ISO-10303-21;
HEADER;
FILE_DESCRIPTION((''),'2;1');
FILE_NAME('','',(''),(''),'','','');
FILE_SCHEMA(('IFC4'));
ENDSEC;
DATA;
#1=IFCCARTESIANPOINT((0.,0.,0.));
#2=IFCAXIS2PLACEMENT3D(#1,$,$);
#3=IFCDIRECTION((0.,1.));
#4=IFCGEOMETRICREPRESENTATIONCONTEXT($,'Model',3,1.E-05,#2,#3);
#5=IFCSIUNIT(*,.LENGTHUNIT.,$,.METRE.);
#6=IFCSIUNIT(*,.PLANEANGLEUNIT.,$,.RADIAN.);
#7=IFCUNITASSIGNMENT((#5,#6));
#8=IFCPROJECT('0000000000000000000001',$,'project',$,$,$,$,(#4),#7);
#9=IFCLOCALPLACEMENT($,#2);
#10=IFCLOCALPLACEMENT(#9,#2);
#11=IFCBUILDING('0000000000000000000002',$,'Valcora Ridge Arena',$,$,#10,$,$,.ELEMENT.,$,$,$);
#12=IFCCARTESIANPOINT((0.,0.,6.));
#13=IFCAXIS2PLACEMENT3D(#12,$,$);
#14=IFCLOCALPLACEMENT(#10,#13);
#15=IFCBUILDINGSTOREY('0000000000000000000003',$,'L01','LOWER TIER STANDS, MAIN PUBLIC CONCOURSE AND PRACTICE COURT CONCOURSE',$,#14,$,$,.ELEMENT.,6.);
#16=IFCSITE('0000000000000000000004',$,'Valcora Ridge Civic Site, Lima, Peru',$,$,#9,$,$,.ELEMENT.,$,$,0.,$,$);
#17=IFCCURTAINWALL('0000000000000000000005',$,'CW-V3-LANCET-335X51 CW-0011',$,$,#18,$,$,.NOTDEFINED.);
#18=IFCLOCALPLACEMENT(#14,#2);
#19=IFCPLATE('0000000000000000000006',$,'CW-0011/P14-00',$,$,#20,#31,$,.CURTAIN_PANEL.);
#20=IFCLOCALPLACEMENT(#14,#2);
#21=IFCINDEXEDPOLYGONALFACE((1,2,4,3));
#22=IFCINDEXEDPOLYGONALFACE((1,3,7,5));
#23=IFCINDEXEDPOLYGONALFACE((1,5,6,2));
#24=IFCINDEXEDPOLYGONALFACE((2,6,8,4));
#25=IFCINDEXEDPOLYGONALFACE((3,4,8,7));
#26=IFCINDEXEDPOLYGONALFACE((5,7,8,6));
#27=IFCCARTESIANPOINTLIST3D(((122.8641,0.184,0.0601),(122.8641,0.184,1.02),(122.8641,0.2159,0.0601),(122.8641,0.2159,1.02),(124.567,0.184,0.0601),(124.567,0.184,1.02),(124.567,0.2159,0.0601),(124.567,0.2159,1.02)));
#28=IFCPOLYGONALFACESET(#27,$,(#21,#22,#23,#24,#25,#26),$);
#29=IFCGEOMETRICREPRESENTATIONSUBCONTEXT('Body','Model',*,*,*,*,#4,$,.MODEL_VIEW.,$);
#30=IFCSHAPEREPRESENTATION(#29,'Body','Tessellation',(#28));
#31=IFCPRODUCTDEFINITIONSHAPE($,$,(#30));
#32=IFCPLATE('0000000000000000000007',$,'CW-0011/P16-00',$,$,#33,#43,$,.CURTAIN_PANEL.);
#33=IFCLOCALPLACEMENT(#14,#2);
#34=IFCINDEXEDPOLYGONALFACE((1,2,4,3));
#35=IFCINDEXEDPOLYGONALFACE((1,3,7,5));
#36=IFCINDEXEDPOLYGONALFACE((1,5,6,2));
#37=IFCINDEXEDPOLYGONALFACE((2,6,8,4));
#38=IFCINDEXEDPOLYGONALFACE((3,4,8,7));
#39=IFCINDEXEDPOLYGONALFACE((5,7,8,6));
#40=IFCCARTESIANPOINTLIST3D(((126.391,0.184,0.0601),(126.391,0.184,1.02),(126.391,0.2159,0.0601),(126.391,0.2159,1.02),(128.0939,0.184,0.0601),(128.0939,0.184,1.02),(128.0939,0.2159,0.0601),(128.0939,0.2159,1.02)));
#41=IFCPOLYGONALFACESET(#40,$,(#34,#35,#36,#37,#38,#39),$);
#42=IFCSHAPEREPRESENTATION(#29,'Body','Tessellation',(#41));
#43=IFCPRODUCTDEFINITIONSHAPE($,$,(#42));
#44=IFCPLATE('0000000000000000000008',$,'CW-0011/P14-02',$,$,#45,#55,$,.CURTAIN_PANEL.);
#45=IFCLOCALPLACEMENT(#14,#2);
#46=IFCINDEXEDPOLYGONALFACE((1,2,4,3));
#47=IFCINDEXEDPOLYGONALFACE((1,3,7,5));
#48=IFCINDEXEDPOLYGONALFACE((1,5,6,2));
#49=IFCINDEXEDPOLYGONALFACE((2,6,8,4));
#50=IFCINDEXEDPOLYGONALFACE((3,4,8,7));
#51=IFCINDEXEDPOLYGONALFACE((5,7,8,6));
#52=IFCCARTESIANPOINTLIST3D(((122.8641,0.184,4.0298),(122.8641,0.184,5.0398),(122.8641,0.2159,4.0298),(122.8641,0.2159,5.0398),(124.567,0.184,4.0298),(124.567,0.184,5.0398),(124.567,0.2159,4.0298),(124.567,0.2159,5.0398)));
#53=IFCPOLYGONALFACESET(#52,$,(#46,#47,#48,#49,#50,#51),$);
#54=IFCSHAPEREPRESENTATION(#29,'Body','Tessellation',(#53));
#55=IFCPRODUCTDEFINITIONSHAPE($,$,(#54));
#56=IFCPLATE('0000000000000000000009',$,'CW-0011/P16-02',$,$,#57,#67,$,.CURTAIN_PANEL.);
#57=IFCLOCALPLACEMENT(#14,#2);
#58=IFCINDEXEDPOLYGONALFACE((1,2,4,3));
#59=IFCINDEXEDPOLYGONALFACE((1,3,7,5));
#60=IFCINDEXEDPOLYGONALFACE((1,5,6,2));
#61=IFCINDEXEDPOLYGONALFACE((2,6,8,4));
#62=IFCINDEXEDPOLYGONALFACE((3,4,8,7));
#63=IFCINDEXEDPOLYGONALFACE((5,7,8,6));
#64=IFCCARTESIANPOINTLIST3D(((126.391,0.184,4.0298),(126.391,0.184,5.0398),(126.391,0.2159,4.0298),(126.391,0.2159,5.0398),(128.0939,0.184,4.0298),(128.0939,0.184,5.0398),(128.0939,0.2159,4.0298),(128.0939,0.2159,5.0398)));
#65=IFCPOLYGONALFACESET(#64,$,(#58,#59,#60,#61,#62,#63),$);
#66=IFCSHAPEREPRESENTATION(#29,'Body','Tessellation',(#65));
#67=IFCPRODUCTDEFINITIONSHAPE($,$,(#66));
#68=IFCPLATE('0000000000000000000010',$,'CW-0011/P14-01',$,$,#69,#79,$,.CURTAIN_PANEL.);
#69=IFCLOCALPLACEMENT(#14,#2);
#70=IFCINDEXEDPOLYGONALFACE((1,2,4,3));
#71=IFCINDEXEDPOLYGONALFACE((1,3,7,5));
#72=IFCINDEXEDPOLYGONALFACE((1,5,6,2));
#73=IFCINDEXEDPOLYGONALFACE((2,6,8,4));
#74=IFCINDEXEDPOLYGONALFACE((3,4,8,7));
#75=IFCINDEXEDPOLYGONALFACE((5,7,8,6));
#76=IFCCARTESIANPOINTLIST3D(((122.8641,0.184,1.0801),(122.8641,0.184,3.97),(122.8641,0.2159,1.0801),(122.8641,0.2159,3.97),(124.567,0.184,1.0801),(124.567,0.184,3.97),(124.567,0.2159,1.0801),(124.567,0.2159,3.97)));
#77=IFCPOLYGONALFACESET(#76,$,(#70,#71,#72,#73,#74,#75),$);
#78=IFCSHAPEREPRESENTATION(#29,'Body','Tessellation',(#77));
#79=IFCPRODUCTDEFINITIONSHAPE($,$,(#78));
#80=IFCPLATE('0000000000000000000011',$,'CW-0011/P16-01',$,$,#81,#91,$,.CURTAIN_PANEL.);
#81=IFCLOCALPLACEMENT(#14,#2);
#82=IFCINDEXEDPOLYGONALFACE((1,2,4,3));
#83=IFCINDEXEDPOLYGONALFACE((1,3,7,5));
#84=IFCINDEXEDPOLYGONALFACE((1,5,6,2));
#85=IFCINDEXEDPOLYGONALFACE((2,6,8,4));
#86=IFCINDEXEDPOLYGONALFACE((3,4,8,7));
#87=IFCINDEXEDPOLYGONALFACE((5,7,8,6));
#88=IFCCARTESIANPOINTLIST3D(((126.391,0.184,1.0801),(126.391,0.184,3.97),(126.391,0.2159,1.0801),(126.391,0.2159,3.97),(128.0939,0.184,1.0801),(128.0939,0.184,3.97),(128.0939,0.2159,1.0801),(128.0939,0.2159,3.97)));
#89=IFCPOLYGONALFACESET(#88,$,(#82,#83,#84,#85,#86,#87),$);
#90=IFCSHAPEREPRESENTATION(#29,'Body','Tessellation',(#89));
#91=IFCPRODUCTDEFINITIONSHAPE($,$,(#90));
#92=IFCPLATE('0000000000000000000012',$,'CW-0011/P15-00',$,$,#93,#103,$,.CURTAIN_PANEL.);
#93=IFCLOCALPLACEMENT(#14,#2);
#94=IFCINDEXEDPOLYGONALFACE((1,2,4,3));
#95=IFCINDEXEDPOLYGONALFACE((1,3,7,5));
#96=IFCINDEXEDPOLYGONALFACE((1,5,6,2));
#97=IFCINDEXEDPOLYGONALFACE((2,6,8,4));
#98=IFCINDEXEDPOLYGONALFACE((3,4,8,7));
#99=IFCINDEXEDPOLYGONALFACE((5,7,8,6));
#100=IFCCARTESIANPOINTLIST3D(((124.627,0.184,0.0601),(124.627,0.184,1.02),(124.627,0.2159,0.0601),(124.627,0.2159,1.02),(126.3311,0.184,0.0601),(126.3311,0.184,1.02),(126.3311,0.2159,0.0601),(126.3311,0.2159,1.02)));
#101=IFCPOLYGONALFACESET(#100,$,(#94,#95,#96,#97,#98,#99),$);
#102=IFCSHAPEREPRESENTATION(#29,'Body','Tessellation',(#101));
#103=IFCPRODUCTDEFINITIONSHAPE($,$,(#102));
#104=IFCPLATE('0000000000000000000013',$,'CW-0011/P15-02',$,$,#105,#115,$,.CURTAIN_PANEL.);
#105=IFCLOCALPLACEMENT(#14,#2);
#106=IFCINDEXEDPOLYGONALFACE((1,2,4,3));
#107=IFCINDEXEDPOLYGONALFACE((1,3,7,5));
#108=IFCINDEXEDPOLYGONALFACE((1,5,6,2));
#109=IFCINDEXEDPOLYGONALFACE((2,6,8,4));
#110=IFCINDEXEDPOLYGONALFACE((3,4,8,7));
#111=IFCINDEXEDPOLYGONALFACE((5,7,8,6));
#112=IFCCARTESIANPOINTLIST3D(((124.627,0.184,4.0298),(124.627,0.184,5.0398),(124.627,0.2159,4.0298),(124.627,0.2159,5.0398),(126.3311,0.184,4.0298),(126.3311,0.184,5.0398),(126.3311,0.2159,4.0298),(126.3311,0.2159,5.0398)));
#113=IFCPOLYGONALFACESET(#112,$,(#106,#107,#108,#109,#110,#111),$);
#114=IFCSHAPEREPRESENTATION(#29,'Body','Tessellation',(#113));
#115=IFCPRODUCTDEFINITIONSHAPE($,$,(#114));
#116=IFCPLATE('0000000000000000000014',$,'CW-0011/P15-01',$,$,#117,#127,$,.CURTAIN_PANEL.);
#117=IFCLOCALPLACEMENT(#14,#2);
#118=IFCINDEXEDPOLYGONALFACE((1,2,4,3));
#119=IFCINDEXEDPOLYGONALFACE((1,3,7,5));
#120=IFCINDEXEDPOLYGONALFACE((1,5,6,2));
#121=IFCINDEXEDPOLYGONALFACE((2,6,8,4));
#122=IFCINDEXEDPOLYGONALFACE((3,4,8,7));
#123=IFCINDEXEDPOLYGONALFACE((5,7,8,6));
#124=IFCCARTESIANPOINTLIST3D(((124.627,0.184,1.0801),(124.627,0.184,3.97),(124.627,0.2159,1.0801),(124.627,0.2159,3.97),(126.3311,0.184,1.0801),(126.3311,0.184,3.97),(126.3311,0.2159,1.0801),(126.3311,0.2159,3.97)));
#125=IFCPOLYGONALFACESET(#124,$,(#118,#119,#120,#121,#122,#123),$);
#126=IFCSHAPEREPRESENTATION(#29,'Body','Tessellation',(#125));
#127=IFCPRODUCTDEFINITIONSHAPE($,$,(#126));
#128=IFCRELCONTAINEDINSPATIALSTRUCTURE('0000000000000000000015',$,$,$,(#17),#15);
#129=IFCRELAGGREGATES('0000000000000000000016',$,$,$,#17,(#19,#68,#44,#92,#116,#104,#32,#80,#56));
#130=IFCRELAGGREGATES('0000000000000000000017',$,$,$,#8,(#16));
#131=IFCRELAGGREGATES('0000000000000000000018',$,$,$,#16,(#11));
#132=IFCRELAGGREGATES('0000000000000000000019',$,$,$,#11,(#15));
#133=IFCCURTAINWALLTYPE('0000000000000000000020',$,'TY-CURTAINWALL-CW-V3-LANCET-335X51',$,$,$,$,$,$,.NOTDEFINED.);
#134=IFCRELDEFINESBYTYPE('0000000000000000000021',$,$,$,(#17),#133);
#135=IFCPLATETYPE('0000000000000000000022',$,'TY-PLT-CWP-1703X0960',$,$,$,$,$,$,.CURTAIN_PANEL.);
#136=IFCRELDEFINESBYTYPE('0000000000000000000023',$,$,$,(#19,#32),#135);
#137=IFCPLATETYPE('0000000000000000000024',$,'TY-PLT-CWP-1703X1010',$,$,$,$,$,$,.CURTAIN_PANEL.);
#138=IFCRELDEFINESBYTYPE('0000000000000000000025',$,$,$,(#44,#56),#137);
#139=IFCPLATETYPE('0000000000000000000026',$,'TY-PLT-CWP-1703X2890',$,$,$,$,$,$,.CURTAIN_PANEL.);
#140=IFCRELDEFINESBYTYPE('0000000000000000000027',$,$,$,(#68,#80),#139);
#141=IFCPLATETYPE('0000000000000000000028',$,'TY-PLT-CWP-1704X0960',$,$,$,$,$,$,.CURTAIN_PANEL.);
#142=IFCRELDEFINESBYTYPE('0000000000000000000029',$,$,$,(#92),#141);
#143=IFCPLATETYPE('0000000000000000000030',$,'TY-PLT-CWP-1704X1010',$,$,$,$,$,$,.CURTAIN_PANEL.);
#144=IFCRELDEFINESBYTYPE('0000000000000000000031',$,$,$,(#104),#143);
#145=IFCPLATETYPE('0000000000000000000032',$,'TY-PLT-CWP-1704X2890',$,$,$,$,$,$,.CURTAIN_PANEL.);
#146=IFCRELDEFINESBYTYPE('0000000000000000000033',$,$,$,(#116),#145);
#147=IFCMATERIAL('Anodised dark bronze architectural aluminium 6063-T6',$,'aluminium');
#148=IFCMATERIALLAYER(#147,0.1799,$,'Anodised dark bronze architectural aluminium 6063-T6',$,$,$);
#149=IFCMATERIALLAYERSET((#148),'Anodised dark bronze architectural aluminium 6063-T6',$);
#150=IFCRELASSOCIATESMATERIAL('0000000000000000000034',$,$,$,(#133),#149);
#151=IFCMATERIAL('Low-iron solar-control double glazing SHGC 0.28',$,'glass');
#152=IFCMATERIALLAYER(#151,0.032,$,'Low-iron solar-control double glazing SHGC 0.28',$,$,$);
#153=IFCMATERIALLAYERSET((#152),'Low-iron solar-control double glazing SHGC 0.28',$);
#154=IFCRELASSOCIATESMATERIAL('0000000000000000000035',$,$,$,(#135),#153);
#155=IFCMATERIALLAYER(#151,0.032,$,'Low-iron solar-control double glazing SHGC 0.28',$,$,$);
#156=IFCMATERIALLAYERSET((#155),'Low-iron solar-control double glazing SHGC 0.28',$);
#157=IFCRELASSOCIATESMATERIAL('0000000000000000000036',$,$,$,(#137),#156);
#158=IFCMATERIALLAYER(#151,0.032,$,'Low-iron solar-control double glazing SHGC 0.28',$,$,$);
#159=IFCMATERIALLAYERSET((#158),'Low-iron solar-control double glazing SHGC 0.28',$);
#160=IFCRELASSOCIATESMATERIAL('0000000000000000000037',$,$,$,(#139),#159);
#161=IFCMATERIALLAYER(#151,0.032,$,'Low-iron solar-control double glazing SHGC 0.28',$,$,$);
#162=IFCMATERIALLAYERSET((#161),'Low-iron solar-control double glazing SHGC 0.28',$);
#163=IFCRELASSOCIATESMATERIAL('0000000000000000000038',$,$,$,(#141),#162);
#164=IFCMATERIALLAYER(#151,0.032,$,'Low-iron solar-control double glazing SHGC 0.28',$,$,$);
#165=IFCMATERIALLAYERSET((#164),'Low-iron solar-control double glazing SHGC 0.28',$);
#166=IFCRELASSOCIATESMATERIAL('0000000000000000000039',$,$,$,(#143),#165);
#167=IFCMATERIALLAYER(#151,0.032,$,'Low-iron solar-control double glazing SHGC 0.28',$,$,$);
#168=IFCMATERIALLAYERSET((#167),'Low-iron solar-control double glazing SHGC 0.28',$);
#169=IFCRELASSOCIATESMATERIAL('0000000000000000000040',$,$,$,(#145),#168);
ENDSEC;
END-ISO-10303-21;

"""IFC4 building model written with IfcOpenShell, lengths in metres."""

from ifc_helpers import new_model, si_unit, direction, frame, origin, origin_2d, place, context, subcontext, project, spatial, rectangle, extrude, material, layer, layer_set, type_object, element, aggregate, save


model = new_model("IFC4")

# Units and contexts
model_context = context("Model", 3, precision=1e-05, world=origin(), true_north=direction((0.0, 1.0)))
body_context = subcontext(model_context, "Body", "Model", "MODEL_VIEW")
ifc_project = project(units=[si_unit("LENGTHUNIT", "METRE"), si_unit("PLANEANGLEUNIT", "RADIAN")], contexts=[model_context])

# Site, building, storey
site_placement = place(None, origin())
site = spatial("IfcSite", under=ifc_project, at=site_placement, Name="Valcora Ridge Civic Site, Lima, Peru", CompositionType="ELEMENT", RefElevation=0.0)
building_placement = place(site_placement, origin())
building = spatial("IfcBuilding", under=site, at=building_placement, Name="Valcora Ridge Arena", CompositionType="ELEMENT")
storey_placement = place(building_placement, frame((0.0, 0.0, 6.0)))
storey = spatial("IfcBuildingStorey", under=building, at=storey_placement, Name="L01", Description="LOWER TIER STANDS, MAIN PUBLIC CONCOURSE AND PRACTICE COURT CONCOURSE", CompositionType="ELEMENT", Elevation=6.0)

# Curtain wall, plates
ifc_material_1 = material(Name="Anodised dark bronze architectural aluminium 6063-T6", Category="aluminium")
ifc_layer_1 = layer(ifc_material_1, 0.1799, Name="Anodised dark bronze architectural aluminium 6063-T6")
ifc_layer_set_1 = layer_set([ifc_layer_1], Name="Anodised dark bronze architectural aluminium 6063-T6")
curtain_wall_type = type_object("IfcCurtainWallType", Name="TY-CURTAINWALL-CW-V3-LANCET-335X51", PredefinedType="NOTDEFINED", material=ifc_layer_set_1)
curtain_wall_placement = place(storey_placement, origin())
curtain_wall = element("IfcCurtainWall", 1, at=curtain_wall_placement, inside=storey, type_object=curtain_wall_type, Name="CW-V3-LANCET-335X51 CW-0011", PredefinedType="NOTDEFINED")
ifc_material_2 = material(Name="Low-iron solar-control double glazing SHGC 0.28", Category="glass")
ifc_layer_2 = layer(ifc_material_2, 0.032, Name="Low-iron solar-control double glazing SHGC 0.28")
ifc_layer_set_2 = layer_set([ifc_layer_2], Name="Low-iron solar-control double glazing SHGC 0.28")
plate_type_1 = type_object("IfcPlateType", Name="TY-PLT-CWP-1703X0960", PredefinedType="CURTAIN_PANEL", material=ifc_layer_set_2)
plate_1_placement = place(storey_placement, frame((123.7156, 0.2, 0.0601), z_axis=(0.0, 0.0, 1.0), x_axis=(1.0, 0.0, 0.0)))
plate_1 = element("IfcPlate", 2, at=plate_1_placement, type_object=plate_type_1, Name="CW-0011/P14-00", PredefinedType="CURTAIN_PANEL", context=body_context, shape_type="SweptSolid", body=[
    extrude(rectangle(XDim=1.7029, YDim=0.032, at=origin_2d()), origin(), (0.0, 0.0, 1.0), 0.96),
])
plate_2_placement = place(storey_placement, frame((127.2424, 0.2, 0.0601), z_axis=(0.0, 0.0, 1.0), x_axis=(1.0, 0.0, 0.0)))
plate_2 = element("IfcPlate", 3, at=plate_2_placement, type_object=plate_type_1, Name="CW-0011/P16-00", PredefinedType="CURTAIN_PANEL", context=body_context, shape_type="SweptSolid", body=[
    extrude(rectangle(XDim=1.7029, YDim=0.032, at=origin_2d()), origin(), (0.0, 0.0, 1.0), 0.96),
])
ifc_layer_3 = layer(ifc_material_2, 0.032, Name="Low-iron solar-control double glazing SHGC 0.28")
ifc_layer_set_3 = layer_set([ifc_layer_3], Name="Low-iron solar-control double glazing SHGC 0.28")
plate_type_2 = type_object("IfcPlateType", Name="TY-PLT-CWP-1703X1010", PredefinedType="CURTAIN_PANEL", material=ifc_layer_set_3)
plate_3_placement = place(storey_placement, frame((123.7156, 0.2, 4.0298), z_axis=(0.0, 0.0, 1.0), x_axis=(1.0, 0.0, 0.0)))
plate_3 = element("IfcPlate", 4, at=plate_3_placement, type_object=plate_type_2, Name="CW-0011/P14-02", PredefinedType="CURTAIN_PANEL", context=body_context, shape_type="SweptSolid", body=[
    extrude(rectangle(XDim=1.7029, YDim=0.032, at=origin_2d()), origin(), (0.0, 0.0, 1.0), 1.01),
])
plate_4_placement = place(storey_placement, frame((127.2424, 0.2, 4.0298), z_axis=(0.0, 0.0, 1.0), x_axis=(1.0, 0.0, 0.0)))
plate_4 = element("IfcPlate", 5, at=plate_4_placement, type_object=plate_type_2, Name="CW-0011/P16-02", PredefinedType="CURTAIN_PANEL", context=body_context, shape_type="SweptSolid", body=[
    extrude(rectangle(XDim=1.7029, YDim=0.032, at=origin_2d()), origin(), (0.0, 0.0, 1.0), 1.01),
])
ifc_layer_4 = layer(ifc_material_2, 0.032, Name="Low-iron solar-control double glazing SHGC 0.28")
ifc_layer_set_4 = layer_set([ifc_layer_4], Name="Low-iron solar-control double glazing SHGC 0.28")
plate_type_3 = type_object("IfcPlateType", Name="TY-PLT-CWP-1703X2890", PredefinedType="CURTAIN_PANEL", material=ifc_layer_set_4)
plate_5_placement = place(storey_placement, frame((123.7156, 0.2, 1.0801), z_axis=(0.0, 0.0, 1.0), x_axis=(1.0, 0.0, 0.0)))
plate_5 = element("IfcPlate", 6, at=plate_5_placement, type_object=plate_type_3, Name="CW-0011/P14-01", PredefinedType="CURTAIN_PANEL", context=body_context, shape_type="SweptSolid", body=[
    extrude(rectangle(XDim=1.7029, YDim=0.032, at=origin_2d()), origin(), (0.0, 0.0, 1.0), 2.8899),
])
plate_6_placement = place(storey_placement, frame((127.2424, 0.2, 1.0801), z_axis=(0.0, 0.0, 1.0), x_axis=(1.0, 0.0, 0.0)))
plate_6 = element("IfcPlate", 7, at=plate_6_placement, type_object=plate_type_3, Name="CW-0011/P16-01", PredefinedType="CURTAIN_PANEL", context=body_context, shape_type="SweptSolid", body=[
    extrude(rectangle(XDim=1.7029, YDim=0.032, at=origin_2d()), origin(), (0.0, 0.0, 1.0), 2.8899),
])
ifc_layer_5 = layer(ifc_material_2, 0.032, Name="Low-iron solar-control double glazing SHGC 0.28")
ifc_layer_set_5 = layer_set([ifc_layer_5], Name="Low-iron solar-control double glazing SHGC 0.28")
plate_type_4 = type_object("IfcPlateType", Name="TY-PLT-CWP-1704X0960", PredefinedType="CURTAIN_PANEL", material=ifc_layer_set_5)
plate_7_placement = place(storey_placement, frame((125.479, 0.2, 0.0601), z_axis=(0.0, 0.0, 1.0), x_axis=(1.0, 0.0, 0.0)))
plate_7 = element("IfcPlate", 8, at=plate_7_placement, type_object=plate_type_4, Name="CW-0011/P15-00", PredefinedType="CURTAIN_PANEL", context=body_context, shape_type="SweptSolid", body=[
    extrude(rectangle(XDim=1.7041, YDim=0.032, at=origin_2d()), origin(), (0.0, 0.0, 1.0), 0.96),
])
ifc_layer_6 = layer(ifc_material_2, 0.032, Name="Low-iron solar-control double glazing SHGC 0.28")
ifc_layer_set_6 = layer_set([ifc_layer_6], Name="Low-iron solar-control double glazing SHGC 0.28")
plate_type_5 = type_object("IfcPlateType", Name="TY-PLT-CWP-1704X1010", PredefinedType="CURTAIN_PANEL", material=ifc_layer_set_6)
plate_8_placement = place(storey_placement, frame((125.479, 0.2, 4.0298), z_axis=(0.0, 0.0, 1.0), x_axis=(1.0, 0.0, 0.0)))
plate_8 = element("IfcPlate", 9, at=plate_8_placement, type_object=plate_type_5, Name="CW-0011/P15-02", PredefinedType="CURTAIN_PANEL", context=body_context, shape_type="SweptSolid", body=[
    extrude(rectangle(XDim=1.7041, YDim=0.032, at=origin_2d()), origin(), (0.0, 0.0, 1.0), 1.01),
])
ifc_layer_7 = layer(ifc_material_2, 0.032, Name="Low-iron solar-control double glazing SHGC 0.28")
ifc_layer_set_7 = layer_set([ifc_layer_7], Name="Low-iron solar-control double glazing SHGC 0.28")
plate_type_6 = type_object("IfcPlateType", Name="TY-PLT-CWP-1704X2890", PredefinedType="CURTAIN_PANEL", material=ifc_layer_set_7)
plate_9_placement = place(storey_placement, frame((125.479, 0.2, 1.0801), z_axis=(0.0, 0.0, 1.0), x_axis=(1.0, 0.0, 0.0)))
plate_9 = element("IfcPlate", 10, at=plate_9_placement, type_object=plate_type_6, Name="CW-0011/P15-01", PredefinedType="CURTAIN_PANEL", context=body_context, shape_type="SweptSolid", body=[
    extrude(rectangle(XDim=1.7041, YDim=0.032, at=origin_2d()), origin(), (0.0, 0.0, 1.0), 2.8899),
])
aggregate(curtain_wall, [plate_1, plate_5, plate_3, plate_7, plate_9, plate_8, plate_2, plate_6, plate_4])

save(model, "model.ifc")
